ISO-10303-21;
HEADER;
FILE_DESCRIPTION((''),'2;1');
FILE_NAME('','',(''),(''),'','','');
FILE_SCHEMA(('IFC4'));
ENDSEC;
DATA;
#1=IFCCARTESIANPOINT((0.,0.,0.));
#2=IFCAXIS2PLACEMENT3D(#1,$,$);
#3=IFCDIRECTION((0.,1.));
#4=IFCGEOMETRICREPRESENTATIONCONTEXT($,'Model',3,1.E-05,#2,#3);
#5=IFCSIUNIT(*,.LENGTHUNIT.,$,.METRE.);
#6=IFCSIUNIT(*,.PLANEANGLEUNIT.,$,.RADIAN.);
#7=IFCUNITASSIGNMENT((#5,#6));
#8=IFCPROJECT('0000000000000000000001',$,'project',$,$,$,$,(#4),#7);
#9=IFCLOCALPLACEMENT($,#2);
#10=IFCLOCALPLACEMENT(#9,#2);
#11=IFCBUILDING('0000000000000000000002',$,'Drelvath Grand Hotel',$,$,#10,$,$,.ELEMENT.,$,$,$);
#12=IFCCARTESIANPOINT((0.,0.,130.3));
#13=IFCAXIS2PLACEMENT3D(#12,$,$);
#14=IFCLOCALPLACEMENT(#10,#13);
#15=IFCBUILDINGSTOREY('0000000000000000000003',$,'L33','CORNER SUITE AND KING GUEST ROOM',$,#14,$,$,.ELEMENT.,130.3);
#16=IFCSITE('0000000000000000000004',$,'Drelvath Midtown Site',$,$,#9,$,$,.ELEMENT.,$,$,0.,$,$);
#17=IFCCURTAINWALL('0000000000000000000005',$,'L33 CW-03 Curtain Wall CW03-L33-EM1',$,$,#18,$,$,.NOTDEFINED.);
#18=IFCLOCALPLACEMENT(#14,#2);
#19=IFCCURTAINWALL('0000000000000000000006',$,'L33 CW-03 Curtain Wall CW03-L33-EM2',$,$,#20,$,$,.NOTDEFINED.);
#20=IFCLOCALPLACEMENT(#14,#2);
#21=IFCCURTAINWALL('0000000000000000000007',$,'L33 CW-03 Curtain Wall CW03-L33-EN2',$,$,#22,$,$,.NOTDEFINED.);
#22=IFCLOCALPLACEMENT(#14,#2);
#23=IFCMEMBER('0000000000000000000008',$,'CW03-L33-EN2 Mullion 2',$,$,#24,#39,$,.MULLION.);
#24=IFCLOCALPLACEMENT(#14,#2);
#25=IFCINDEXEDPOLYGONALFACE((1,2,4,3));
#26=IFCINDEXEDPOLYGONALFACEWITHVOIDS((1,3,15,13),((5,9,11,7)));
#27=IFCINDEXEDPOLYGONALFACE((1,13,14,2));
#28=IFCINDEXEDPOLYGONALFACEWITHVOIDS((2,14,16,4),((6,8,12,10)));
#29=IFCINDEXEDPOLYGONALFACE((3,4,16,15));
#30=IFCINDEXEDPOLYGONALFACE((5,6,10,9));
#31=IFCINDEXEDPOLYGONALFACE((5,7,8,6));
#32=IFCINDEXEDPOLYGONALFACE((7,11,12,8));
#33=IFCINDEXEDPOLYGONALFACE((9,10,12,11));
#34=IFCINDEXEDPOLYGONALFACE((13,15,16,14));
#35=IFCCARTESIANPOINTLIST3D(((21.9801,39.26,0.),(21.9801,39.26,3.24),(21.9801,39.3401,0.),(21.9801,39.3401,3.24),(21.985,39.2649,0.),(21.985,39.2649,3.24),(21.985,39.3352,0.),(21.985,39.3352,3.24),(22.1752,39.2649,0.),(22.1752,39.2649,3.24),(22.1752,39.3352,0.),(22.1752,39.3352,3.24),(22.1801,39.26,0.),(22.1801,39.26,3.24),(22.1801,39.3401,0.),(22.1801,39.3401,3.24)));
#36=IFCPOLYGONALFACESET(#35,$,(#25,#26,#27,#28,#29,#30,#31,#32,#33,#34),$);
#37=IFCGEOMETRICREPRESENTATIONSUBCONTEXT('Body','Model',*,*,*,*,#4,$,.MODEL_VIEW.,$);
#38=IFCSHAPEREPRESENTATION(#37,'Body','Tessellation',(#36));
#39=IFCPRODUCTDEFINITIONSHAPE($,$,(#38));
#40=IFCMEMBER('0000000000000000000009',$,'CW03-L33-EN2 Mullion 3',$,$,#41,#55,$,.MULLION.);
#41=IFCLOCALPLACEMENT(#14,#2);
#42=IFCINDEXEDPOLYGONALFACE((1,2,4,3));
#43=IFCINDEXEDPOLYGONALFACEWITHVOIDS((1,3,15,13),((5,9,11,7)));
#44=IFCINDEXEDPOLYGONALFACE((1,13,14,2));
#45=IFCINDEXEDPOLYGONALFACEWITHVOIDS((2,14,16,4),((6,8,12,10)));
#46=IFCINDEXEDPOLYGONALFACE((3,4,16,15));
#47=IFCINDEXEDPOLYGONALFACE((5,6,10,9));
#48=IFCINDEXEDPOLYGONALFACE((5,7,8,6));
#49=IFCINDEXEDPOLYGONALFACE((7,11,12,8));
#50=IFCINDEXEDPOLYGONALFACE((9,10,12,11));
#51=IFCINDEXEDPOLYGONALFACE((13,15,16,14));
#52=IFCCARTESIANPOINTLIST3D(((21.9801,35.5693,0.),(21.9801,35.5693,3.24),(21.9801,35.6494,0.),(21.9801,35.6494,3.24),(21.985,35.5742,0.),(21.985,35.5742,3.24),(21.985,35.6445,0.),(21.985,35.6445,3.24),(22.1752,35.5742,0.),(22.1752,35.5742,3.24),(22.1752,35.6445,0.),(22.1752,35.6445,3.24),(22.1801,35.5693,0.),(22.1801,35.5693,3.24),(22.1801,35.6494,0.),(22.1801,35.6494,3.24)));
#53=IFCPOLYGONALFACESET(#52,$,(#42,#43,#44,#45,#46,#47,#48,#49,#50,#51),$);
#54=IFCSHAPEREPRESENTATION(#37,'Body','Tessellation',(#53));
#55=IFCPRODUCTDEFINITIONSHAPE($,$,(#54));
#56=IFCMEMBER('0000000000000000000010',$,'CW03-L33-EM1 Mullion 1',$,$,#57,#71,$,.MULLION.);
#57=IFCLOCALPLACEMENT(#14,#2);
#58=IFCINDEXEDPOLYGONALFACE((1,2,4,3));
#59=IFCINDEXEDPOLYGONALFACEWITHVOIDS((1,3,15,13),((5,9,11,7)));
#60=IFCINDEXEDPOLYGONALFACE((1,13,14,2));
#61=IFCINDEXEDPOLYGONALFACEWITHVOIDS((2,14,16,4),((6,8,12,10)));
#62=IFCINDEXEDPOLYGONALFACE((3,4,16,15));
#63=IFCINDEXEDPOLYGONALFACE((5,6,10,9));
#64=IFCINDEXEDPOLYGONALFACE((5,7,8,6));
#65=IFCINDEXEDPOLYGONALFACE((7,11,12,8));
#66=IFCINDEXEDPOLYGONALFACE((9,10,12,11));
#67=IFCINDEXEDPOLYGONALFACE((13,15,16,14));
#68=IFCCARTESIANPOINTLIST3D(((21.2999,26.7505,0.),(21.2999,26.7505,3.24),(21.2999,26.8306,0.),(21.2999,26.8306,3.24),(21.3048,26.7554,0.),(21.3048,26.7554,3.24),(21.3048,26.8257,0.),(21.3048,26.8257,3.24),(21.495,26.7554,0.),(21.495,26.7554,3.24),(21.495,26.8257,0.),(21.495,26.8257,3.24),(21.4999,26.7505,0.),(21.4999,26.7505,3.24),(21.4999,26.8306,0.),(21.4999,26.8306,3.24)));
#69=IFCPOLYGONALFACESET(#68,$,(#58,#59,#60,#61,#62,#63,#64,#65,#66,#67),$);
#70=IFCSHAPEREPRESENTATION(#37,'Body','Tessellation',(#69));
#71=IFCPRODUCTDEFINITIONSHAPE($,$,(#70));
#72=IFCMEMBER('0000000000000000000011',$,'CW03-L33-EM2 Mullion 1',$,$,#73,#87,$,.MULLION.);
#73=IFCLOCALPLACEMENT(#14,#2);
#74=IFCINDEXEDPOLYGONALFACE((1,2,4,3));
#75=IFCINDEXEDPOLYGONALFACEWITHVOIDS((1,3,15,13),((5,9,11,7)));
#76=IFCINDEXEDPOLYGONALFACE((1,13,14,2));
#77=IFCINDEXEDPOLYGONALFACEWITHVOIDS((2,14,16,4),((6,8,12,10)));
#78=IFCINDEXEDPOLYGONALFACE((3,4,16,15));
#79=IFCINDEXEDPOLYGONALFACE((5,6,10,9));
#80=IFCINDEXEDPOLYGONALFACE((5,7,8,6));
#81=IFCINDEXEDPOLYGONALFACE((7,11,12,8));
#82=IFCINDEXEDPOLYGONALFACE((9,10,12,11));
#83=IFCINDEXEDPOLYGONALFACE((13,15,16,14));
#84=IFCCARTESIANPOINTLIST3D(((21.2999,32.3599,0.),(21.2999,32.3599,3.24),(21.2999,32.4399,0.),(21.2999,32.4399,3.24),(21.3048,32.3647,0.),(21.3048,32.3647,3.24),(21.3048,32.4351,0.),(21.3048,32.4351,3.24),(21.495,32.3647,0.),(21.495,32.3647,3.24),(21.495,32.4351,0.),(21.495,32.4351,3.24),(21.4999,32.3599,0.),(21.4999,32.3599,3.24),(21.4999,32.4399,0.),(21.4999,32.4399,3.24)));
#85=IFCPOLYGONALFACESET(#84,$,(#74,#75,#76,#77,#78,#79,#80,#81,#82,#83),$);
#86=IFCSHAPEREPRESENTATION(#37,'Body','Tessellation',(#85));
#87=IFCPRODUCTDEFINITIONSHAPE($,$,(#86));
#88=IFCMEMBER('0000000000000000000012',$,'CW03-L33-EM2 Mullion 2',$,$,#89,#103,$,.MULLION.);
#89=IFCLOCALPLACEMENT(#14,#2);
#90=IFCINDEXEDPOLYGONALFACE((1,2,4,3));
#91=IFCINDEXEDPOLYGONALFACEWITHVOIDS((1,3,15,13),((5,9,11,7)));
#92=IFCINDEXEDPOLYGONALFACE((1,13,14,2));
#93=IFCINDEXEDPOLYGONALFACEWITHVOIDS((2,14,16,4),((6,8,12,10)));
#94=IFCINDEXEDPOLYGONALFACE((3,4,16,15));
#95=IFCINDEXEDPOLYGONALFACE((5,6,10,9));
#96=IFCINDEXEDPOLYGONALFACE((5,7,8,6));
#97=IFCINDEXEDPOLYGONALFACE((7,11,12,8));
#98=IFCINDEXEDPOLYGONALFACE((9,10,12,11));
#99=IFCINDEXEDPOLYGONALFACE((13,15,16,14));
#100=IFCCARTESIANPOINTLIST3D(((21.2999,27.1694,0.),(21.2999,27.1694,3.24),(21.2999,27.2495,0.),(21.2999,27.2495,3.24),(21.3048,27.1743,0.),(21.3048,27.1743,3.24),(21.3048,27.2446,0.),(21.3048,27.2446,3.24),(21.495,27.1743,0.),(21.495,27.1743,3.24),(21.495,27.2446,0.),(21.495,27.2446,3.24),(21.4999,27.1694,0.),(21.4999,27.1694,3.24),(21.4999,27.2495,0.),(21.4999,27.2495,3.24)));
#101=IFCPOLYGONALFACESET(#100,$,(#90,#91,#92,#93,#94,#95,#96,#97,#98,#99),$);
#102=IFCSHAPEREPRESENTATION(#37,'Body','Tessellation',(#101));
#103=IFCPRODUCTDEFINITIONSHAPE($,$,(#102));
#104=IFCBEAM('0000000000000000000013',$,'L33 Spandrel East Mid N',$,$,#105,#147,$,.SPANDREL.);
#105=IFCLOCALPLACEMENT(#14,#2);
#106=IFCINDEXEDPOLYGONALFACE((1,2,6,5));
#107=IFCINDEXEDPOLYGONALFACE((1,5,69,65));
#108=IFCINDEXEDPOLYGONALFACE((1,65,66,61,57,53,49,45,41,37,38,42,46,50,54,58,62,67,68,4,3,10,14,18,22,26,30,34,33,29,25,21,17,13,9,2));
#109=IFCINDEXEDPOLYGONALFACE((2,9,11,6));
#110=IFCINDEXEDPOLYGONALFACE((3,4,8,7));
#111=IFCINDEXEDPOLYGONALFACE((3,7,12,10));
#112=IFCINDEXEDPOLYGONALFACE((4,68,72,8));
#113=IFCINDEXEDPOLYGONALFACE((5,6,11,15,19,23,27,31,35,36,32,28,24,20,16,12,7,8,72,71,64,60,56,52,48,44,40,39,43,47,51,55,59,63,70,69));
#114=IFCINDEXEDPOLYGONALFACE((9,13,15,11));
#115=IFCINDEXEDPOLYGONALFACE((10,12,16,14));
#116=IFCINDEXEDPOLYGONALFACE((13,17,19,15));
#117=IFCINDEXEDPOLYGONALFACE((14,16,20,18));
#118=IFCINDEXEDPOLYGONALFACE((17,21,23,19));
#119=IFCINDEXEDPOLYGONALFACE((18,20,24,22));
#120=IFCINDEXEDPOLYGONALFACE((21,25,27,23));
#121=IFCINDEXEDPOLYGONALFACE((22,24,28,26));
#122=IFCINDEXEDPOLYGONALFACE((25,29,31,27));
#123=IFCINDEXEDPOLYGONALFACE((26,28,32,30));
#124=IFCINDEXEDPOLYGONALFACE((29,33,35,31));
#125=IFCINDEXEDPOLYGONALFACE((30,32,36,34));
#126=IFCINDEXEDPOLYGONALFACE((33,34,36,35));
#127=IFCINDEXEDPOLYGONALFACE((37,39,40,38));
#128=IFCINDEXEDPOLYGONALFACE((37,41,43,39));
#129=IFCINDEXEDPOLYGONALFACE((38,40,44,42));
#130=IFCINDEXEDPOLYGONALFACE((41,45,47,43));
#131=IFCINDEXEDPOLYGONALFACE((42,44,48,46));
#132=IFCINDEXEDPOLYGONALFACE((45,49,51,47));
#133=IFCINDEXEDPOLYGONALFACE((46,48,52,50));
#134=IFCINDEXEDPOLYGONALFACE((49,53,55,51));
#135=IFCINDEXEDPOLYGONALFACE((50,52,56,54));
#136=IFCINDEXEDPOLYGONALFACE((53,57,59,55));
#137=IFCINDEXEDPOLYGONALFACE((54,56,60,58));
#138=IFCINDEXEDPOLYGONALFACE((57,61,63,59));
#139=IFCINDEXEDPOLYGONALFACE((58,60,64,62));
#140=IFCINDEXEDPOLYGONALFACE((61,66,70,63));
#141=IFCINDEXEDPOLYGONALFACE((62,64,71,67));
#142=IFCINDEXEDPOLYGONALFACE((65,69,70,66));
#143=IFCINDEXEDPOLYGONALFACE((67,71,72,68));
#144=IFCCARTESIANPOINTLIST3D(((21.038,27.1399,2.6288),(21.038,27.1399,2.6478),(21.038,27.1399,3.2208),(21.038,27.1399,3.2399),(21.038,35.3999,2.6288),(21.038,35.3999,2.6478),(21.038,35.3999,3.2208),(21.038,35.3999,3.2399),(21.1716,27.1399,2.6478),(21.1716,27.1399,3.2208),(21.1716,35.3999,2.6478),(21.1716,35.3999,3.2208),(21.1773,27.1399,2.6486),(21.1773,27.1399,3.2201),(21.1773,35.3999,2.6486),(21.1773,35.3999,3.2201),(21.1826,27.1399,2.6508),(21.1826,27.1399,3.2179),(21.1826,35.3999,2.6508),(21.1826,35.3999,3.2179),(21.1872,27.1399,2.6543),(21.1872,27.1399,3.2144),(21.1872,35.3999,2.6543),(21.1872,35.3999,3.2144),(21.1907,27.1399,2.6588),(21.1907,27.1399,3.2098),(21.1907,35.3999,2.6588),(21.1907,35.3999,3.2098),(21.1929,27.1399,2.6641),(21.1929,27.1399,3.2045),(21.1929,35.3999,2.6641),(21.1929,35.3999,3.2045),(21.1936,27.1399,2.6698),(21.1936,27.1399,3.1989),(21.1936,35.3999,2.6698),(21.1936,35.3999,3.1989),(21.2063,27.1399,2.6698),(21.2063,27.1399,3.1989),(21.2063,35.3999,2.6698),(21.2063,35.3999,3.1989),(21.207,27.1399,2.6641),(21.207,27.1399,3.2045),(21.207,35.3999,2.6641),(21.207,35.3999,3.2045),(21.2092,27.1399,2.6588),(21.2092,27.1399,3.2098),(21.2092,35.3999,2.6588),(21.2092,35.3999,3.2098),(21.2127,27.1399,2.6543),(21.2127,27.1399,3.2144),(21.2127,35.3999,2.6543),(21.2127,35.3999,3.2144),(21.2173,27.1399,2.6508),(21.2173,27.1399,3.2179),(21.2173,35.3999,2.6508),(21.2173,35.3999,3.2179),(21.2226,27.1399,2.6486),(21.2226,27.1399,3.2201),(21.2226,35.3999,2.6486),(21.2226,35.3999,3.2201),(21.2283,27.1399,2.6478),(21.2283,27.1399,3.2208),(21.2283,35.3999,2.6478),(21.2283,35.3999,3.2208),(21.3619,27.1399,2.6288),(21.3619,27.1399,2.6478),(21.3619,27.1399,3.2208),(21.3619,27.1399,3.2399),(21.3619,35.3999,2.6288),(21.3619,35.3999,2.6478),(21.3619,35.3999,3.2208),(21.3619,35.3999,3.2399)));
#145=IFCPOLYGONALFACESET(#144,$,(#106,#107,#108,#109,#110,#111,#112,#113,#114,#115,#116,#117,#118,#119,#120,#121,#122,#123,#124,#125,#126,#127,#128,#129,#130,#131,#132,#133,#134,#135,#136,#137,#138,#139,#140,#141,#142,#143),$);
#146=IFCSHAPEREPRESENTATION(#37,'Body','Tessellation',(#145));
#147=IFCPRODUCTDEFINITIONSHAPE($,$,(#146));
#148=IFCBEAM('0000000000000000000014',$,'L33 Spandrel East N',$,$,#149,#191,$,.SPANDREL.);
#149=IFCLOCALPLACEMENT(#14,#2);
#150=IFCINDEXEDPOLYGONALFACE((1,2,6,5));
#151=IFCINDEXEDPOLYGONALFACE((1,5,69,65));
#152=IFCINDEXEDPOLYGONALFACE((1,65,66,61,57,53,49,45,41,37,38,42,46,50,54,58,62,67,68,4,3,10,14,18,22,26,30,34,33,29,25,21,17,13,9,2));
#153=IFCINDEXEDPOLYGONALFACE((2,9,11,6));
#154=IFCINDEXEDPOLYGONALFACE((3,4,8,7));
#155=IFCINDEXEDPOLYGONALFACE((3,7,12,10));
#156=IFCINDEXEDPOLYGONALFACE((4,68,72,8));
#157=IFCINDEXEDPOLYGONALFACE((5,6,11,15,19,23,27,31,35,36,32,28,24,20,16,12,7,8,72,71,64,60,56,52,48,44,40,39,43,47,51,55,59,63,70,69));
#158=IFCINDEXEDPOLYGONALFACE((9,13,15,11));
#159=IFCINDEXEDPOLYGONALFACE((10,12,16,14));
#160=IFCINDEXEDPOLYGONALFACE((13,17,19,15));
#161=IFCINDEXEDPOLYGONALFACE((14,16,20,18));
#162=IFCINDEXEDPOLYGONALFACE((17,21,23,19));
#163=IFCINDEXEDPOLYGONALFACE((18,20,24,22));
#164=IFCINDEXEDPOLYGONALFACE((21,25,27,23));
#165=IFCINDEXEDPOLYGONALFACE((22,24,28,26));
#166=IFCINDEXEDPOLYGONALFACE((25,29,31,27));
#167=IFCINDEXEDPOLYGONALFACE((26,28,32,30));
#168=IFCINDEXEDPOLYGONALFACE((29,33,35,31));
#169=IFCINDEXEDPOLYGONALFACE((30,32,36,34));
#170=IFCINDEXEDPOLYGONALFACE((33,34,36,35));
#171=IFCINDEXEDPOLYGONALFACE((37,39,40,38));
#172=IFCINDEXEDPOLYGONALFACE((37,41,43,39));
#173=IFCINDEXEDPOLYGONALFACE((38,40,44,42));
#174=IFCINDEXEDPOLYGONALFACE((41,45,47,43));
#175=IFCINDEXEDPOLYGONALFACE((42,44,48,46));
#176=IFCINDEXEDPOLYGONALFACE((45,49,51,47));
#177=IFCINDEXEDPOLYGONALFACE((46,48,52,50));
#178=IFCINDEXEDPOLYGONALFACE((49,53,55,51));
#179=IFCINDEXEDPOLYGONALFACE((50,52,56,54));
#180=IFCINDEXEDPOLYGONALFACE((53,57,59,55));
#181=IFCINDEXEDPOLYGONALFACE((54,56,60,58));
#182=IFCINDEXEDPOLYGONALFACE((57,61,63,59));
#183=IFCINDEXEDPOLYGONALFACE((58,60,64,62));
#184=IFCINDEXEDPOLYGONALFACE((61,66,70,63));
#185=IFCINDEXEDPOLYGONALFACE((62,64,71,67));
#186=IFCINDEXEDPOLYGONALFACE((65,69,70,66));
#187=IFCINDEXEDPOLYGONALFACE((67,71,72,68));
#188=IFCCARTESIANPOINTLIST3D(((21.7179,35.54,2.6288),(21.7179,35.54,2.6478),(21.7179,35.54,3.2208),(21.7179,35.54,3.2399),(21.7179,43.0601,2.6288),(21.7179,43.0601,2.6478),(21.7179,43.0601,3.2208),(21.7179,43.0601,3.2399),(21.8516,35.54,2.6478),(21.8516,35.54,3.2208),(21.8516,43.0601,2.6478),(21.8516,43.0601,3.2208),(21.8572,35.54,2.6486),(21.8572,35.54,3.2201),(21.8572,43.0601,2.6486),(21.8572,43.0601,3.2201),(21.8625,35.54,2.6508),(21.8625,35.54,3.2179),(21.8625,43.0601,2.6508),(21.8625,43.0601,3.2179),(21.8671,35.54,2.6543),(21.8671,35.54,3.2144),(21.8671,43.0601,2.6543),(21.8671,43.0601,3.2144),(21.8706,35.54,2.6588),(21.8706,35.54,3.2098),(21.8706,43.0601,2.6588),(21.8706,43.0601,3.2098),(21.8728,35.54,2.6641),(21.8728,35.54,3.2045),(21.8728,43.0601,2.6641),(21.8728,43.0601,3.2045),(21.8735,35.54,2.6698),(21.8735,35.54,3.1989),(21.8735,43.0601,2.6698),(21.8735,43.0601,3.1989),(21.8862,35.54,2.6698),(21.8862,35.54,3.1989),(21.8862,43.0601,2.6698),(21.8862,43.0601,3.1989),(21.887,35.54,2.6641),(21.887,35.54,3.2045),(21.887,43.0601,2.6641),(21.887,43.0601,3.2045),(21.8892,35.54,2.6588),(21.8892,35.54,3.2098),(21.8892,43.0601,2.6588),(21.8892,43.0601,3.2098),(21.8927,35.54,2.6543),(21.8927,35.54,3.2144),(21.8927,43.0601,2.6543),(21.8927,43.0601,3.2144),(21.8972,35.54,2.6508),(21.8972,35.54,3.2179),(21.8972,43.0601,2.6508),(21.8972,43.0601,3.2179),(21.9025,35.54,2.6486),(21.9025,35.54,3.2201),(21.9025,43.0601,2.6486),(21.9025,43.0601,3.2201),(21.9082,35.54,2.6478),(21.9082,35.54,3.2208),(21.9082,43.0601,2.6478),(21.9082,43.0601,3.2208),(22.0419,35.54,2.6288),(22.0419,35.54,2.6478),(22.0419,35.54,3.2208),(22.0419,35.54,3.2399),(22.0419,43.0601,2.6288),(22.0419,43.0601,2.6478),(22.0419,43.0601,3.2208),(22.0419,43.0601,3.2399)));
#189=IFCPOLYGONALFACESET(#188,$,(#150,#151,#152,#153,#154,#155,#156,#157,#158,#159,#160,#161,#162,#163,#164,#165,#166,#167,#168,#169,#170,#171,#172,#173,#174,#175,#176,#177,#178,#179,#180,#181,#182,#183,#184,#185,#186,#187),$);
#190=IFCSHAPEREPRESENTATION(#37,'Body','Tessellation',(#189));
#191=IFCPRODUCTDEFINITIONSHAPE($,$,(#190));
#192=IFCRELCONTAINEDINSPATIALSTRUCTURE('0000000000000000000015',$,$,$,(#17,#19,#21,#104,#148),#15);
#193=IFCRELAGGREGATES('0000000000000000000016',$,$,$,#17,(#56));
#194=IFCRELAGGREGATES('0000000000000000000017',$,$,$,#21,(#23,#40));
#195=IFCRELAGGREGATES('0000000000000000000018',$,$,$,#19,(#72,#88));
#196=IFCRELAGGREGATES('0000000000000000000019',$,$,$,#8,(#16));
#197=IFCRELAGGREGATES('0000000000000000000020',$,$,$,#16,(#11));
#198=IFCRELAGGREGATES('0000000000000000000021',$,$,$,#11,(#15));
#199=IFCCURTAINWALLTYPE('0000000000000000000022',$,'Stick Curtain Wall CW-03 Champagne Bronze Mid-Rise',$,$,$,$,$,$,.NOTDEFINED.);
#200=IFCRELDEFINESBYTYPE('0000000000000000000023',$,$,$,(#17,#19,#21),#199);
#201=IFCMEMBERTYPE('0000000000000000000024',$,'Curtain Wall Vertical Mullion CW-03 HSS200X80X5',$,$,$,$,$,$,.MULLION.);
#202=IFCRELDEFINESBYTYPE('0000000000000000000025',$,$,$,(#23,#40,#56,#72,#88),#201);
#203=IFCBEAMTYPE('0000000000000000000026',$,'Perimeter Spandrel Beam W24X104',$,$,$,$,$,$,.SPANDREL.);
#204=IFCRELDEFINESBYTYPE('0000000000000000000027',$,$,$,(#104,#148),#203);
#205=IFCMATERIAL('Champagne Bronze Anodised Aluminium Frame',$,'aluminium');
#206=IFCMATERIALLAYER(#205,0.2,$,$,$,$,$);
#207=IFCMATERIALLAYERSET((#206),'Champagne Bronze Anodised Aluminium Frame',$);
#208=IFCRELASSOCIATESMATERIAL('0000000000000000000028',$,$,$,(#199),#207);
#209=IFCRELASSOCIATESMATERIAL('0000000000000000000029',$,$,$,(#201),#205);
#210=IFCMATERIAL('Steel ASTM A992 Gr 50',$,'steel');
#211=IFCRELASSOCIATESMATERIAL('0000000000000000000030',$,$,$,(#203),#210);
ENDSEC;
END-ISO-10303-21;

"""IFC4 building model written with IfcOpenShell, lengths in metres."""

from ifc_helpers import new_model, si_unit, direction, frame, origin, origin_2d, place, context, subcontext, project, spatial, hollow_rectangle, i_section, extrude, material, layer, layer_set, material_profile, profile_set, type_object, element, aggregate, save


model = new_model("IFC4")

# Units and contexts
model_context = context("Model", 3, precision=1e-05, world=origin(), true_north=direction((0.0, 1.0)))
body_context = subcontext(model_context, "Body", "Model", "MODEL_VIEW")
ifc_project = project(units=[si_unit("LENGTHUNIT", "METRE"), si_unit("PLANEANGLEUNIT", "RADIAN")], contexts=[model_context])

# Site, building, storey
site_placement = place(None, origin())
site = spatial("IfcSite", under=ifc_project, at=site_placement, Name="Drelvath Midtown Site", CompositionType="ELEMENT", RefElevation=0.0)
building_placement = place(site_placement, origin())
building = spatial("IfcBuilding", under=site, at=building_placement, Name="Drelvath Grand Hotel", CompositionType="ELEMENT")
storey_placement = place(building_placement, frame((0.0, 0.0, 130.3)))
storey = spatial("IfcBuildingStorey", under=building, at=storey_placement, Name="L33", Description="CORNER SUITE AND KING GUEST ROOM", CompositionType="ELEMENT", Elevation=130.3)

# Curtain walls
ifc_material_1 = material(Name="Champagne Bronze Anodised Aluminium Frame", Category="aluminium")
ifc_layer_1 = layer(ifc_material_1, 0.2)
ifc_layer_set_1 = layer_set([ifc_layer_1], Name="Champagne Bronze Anodised Aluminium Frame")
curtain_wall_type = type_object("IfcCurtainWallType", Name="Stick Curtain Wall CW-03 Champagne Bronze Mid-Rise", PredefinedType="NOTDEFINED", material=ifc_layer_set_1)
curtain_wall_1_placement = place(storey_placement, origin())
curtain_wall_1 = element("IfcCurtainWall", 1, at=curtain_wall_1_placement, inside=storey, type_object=curtain_wall_type, Name="L33 CW-03 Curtain Wall CW03-L33-EM1", PredefinedType="NOTDEFINED")
curtain_wall_2_placement = place(storey_placement, origin())
curtain_wall_2 = element("IfcCurtainWall", 2, at=curtain_wall_2_placement, inside=storey, type_object=curtain_wall_type, Name="L33 CW-03 Curtain Wall CW03-L33-EM2", PredefinedType="NOTDEFINED")

# Shared definitions
ifc_material_profile_1 = material_profile(ifc_material_1, hollow_rectangle(XDim=0.0801, YDim=0.2, WallThickness=0.0049, at=origin_2d()), Name="HSS200X80X5")
ifc_profile_set_1 = profile_set([ifc_material_profile_1], Name="Champagne Bronze Anodised Aluminium Frame")
member_type_1 = type_object("IfcMemberType", Name="Curtain Wall Vertical Mullion CW-03 HSS200X80X5", PredefinedType="MULLION", material=ifc_profile_set_1)

# Curtain wall, members
curtain_wall_3_placement = place(storey_placement, origin())
curtain_wall_3 = element("IfcCurtainWall", 3, at=curtain_wall_3_placement, inside=storey, type_object=curtain_wall_type, Name="L33 CW-03 Curtain Wall CW03-L33-EN2", PredefinedType="NOTDEFINED")
member_1_placement = place(storey_placement, frame((22.0801, 39.3, 0.0), z_axis=(0.0, 0.0, 1.0), x_axis=(0.0, 1.0, 0.0)))
member_1 = element("IfcMember", 4, at=member_1_placement, type_object=member_type_1, Name="CW03-L33-EN2 Mullion 2", PredefinedType="MULLION", context=body_context, shape_type="SweptSolid", body=[
    extrude(hollow_rectangle(XDim=0.0801, YDim=0.2, WallThickness=0.0049, at=origin_2d()), origin(), (0.0, 0.0, 1.0), 3.24),
])
member_2_placement = place(storey_placement, frame((22.0801, 35.6094, 0.0), z_axis=(0.0, 0.0, 1.0), x_axis=(0.0, 1.0, 0.0)))
member_2 = element("IfcMember", 5, at=member_2_placement, type_object=member_type_1, Name="CW03-L33-EN2 Mullion 3", PredefinedType="MULLION", context=body_context, shape_type="SweptSolid", body=[
    extrude(hollow_rectangle(XDim=0.0801, YDim=0.2, WallThickness=0.0049, at=origin_2d()), origin(), (0.0, 0.0, 1.0), 3.24),
])

# Members
member_3_placement = place(storey_placement, frame((21.3999, 26.7905, 0.0), z_axis=(0.0, 0.0, 1.0), x_axis=(0.0, 1.0, 0.0)))
member_3 = element("IfcMember", 6, at=member_3_placement, type_object=member_type_1, Name="CW03-L33-EM1 Mullion 1", PredefinedType="MULLION", context=body_context, shape_type="SweptSolid", body=[
    extrude(hollow_rectangle(XDim=0.0801, YDim=0.2, WallThickness=0.0049, at=origin_2d()), origin(), (0.0, 0.0, 1.0), 3.24),
])
aggregate(curtain_wall_1, [member_3])
member_4_placement = place(storey_placement, frame((21.3999, 32.3999, 0.0), z_axis=(0.0, 0.0, 1.0), x_axis=(0.0, 1.0, 0.0)))
member_4 = element("IfcMember", 7, at=member_4_placement, type_object=member_type_1, Name="CW03-L33-EM2 Mullion 1", PredefinedType="MULLION", context=body_context, shape_type="SweptSolid", body=[
    extrude(hollow_rectangle(XDim=0.0801, YDim=0.2, WallThickness=0.0049, at=origin_2d()), origin(), (0.0, 0.0, 1.0), 3.24),
])
member_5_placement = place(storey_placement, frame((21.3999, 27.2095, 0.0), z_axis=(0.0, 0.0, 1.0), x_axis=(0.0, 1.0, 0.0)))
member_5 = element("IfcMember", 8, at=member_5_placement, type_object=member_type_1, Name="CW03-L33-EM2 Mullion 2", PredefinedType="MULLION", context=body_context, shape_type="SweptSolid", body=[
    extrude(hollow_rectangle(XDim=0.0801, YDim=0.2, WallThickness=0.0049, at=origin_2d()), origin(), (0.0, 0.0, 1.0), 3.24),
])

# Beams
ifc_material_2 = material(Name="Steel ASTM A992 Gr 50", Category="steel")
ifc_material_profile_2 = material_profile(ifc_material_2, i_section(OverallWidth=0.324, OverallDepth=0.6111, WebThickness=0.0127, FlangeThickness=0.019, FilletRadius=0.022, at=origin_2d()), Name="W24X104")
ifc_profile_set_2 = profile_set([ifc_material_profile_2], Name="Steel ASTM A992 Gr 50")
beam_type_1 = type_object("IfcBeamType", Name="Perimeter Spandrel Beam W24X104", PredefinedType="SPANDREL", material=ifc_profile_set_2)
beam_1_placement = place(storey_placement, frame((21.2, 27.1399, 2.9343), z_axis=(0.0, 1.0, 0.0), x_axis=(-1.0, 0.0, 0.0)))
element("IfcBeam", 9, at=beam_1_placement, inside=storey, type_object=beam_type_1, Name="L33 Spandrel East Mid N", PredefinedType="SPANDREL", context=body_context, shape_type="SweptSolid", body=[
    extrude(i_section(OverallWidth=0.324, OverallDepth=0.6111, WebThickness=0.0127, FlangeThickness=0.019, FilletRadius=0.022, at=origin_2d()), origin(), (0.0, 0.0, 1.0), 8.26),
])
beam_2_placement = place(storey_placement, frame((21.8799, 35.54, 2.9343), z_axis=(0.0, 1.0, 0.0), x_axis=(-1.0, 0.0, 0.0)))
element("IfcBeam", 10, at=beam_2_placement, inside=storey, type_object=beam_type_1, Name="L33 Spandrel East N", PredefinedType="SPANDREL", context=body_context, shape_type="SweptSolid", body=[
    extrude(i_section(OverallWidth=0.324, OverallDepth=0.6111, WebThickness=0.0127, FlangeThickness=0.019, FilletRadius=0.022, at=origin_2d()), origin(), (0.0, 0.0, 1.0), 7.52),
])

aggregate(curtain_wall_3, [member_1, member_2])
aggregate(curtain_wall_2, [member_4, member_5])

save(model, "model.ifc")
